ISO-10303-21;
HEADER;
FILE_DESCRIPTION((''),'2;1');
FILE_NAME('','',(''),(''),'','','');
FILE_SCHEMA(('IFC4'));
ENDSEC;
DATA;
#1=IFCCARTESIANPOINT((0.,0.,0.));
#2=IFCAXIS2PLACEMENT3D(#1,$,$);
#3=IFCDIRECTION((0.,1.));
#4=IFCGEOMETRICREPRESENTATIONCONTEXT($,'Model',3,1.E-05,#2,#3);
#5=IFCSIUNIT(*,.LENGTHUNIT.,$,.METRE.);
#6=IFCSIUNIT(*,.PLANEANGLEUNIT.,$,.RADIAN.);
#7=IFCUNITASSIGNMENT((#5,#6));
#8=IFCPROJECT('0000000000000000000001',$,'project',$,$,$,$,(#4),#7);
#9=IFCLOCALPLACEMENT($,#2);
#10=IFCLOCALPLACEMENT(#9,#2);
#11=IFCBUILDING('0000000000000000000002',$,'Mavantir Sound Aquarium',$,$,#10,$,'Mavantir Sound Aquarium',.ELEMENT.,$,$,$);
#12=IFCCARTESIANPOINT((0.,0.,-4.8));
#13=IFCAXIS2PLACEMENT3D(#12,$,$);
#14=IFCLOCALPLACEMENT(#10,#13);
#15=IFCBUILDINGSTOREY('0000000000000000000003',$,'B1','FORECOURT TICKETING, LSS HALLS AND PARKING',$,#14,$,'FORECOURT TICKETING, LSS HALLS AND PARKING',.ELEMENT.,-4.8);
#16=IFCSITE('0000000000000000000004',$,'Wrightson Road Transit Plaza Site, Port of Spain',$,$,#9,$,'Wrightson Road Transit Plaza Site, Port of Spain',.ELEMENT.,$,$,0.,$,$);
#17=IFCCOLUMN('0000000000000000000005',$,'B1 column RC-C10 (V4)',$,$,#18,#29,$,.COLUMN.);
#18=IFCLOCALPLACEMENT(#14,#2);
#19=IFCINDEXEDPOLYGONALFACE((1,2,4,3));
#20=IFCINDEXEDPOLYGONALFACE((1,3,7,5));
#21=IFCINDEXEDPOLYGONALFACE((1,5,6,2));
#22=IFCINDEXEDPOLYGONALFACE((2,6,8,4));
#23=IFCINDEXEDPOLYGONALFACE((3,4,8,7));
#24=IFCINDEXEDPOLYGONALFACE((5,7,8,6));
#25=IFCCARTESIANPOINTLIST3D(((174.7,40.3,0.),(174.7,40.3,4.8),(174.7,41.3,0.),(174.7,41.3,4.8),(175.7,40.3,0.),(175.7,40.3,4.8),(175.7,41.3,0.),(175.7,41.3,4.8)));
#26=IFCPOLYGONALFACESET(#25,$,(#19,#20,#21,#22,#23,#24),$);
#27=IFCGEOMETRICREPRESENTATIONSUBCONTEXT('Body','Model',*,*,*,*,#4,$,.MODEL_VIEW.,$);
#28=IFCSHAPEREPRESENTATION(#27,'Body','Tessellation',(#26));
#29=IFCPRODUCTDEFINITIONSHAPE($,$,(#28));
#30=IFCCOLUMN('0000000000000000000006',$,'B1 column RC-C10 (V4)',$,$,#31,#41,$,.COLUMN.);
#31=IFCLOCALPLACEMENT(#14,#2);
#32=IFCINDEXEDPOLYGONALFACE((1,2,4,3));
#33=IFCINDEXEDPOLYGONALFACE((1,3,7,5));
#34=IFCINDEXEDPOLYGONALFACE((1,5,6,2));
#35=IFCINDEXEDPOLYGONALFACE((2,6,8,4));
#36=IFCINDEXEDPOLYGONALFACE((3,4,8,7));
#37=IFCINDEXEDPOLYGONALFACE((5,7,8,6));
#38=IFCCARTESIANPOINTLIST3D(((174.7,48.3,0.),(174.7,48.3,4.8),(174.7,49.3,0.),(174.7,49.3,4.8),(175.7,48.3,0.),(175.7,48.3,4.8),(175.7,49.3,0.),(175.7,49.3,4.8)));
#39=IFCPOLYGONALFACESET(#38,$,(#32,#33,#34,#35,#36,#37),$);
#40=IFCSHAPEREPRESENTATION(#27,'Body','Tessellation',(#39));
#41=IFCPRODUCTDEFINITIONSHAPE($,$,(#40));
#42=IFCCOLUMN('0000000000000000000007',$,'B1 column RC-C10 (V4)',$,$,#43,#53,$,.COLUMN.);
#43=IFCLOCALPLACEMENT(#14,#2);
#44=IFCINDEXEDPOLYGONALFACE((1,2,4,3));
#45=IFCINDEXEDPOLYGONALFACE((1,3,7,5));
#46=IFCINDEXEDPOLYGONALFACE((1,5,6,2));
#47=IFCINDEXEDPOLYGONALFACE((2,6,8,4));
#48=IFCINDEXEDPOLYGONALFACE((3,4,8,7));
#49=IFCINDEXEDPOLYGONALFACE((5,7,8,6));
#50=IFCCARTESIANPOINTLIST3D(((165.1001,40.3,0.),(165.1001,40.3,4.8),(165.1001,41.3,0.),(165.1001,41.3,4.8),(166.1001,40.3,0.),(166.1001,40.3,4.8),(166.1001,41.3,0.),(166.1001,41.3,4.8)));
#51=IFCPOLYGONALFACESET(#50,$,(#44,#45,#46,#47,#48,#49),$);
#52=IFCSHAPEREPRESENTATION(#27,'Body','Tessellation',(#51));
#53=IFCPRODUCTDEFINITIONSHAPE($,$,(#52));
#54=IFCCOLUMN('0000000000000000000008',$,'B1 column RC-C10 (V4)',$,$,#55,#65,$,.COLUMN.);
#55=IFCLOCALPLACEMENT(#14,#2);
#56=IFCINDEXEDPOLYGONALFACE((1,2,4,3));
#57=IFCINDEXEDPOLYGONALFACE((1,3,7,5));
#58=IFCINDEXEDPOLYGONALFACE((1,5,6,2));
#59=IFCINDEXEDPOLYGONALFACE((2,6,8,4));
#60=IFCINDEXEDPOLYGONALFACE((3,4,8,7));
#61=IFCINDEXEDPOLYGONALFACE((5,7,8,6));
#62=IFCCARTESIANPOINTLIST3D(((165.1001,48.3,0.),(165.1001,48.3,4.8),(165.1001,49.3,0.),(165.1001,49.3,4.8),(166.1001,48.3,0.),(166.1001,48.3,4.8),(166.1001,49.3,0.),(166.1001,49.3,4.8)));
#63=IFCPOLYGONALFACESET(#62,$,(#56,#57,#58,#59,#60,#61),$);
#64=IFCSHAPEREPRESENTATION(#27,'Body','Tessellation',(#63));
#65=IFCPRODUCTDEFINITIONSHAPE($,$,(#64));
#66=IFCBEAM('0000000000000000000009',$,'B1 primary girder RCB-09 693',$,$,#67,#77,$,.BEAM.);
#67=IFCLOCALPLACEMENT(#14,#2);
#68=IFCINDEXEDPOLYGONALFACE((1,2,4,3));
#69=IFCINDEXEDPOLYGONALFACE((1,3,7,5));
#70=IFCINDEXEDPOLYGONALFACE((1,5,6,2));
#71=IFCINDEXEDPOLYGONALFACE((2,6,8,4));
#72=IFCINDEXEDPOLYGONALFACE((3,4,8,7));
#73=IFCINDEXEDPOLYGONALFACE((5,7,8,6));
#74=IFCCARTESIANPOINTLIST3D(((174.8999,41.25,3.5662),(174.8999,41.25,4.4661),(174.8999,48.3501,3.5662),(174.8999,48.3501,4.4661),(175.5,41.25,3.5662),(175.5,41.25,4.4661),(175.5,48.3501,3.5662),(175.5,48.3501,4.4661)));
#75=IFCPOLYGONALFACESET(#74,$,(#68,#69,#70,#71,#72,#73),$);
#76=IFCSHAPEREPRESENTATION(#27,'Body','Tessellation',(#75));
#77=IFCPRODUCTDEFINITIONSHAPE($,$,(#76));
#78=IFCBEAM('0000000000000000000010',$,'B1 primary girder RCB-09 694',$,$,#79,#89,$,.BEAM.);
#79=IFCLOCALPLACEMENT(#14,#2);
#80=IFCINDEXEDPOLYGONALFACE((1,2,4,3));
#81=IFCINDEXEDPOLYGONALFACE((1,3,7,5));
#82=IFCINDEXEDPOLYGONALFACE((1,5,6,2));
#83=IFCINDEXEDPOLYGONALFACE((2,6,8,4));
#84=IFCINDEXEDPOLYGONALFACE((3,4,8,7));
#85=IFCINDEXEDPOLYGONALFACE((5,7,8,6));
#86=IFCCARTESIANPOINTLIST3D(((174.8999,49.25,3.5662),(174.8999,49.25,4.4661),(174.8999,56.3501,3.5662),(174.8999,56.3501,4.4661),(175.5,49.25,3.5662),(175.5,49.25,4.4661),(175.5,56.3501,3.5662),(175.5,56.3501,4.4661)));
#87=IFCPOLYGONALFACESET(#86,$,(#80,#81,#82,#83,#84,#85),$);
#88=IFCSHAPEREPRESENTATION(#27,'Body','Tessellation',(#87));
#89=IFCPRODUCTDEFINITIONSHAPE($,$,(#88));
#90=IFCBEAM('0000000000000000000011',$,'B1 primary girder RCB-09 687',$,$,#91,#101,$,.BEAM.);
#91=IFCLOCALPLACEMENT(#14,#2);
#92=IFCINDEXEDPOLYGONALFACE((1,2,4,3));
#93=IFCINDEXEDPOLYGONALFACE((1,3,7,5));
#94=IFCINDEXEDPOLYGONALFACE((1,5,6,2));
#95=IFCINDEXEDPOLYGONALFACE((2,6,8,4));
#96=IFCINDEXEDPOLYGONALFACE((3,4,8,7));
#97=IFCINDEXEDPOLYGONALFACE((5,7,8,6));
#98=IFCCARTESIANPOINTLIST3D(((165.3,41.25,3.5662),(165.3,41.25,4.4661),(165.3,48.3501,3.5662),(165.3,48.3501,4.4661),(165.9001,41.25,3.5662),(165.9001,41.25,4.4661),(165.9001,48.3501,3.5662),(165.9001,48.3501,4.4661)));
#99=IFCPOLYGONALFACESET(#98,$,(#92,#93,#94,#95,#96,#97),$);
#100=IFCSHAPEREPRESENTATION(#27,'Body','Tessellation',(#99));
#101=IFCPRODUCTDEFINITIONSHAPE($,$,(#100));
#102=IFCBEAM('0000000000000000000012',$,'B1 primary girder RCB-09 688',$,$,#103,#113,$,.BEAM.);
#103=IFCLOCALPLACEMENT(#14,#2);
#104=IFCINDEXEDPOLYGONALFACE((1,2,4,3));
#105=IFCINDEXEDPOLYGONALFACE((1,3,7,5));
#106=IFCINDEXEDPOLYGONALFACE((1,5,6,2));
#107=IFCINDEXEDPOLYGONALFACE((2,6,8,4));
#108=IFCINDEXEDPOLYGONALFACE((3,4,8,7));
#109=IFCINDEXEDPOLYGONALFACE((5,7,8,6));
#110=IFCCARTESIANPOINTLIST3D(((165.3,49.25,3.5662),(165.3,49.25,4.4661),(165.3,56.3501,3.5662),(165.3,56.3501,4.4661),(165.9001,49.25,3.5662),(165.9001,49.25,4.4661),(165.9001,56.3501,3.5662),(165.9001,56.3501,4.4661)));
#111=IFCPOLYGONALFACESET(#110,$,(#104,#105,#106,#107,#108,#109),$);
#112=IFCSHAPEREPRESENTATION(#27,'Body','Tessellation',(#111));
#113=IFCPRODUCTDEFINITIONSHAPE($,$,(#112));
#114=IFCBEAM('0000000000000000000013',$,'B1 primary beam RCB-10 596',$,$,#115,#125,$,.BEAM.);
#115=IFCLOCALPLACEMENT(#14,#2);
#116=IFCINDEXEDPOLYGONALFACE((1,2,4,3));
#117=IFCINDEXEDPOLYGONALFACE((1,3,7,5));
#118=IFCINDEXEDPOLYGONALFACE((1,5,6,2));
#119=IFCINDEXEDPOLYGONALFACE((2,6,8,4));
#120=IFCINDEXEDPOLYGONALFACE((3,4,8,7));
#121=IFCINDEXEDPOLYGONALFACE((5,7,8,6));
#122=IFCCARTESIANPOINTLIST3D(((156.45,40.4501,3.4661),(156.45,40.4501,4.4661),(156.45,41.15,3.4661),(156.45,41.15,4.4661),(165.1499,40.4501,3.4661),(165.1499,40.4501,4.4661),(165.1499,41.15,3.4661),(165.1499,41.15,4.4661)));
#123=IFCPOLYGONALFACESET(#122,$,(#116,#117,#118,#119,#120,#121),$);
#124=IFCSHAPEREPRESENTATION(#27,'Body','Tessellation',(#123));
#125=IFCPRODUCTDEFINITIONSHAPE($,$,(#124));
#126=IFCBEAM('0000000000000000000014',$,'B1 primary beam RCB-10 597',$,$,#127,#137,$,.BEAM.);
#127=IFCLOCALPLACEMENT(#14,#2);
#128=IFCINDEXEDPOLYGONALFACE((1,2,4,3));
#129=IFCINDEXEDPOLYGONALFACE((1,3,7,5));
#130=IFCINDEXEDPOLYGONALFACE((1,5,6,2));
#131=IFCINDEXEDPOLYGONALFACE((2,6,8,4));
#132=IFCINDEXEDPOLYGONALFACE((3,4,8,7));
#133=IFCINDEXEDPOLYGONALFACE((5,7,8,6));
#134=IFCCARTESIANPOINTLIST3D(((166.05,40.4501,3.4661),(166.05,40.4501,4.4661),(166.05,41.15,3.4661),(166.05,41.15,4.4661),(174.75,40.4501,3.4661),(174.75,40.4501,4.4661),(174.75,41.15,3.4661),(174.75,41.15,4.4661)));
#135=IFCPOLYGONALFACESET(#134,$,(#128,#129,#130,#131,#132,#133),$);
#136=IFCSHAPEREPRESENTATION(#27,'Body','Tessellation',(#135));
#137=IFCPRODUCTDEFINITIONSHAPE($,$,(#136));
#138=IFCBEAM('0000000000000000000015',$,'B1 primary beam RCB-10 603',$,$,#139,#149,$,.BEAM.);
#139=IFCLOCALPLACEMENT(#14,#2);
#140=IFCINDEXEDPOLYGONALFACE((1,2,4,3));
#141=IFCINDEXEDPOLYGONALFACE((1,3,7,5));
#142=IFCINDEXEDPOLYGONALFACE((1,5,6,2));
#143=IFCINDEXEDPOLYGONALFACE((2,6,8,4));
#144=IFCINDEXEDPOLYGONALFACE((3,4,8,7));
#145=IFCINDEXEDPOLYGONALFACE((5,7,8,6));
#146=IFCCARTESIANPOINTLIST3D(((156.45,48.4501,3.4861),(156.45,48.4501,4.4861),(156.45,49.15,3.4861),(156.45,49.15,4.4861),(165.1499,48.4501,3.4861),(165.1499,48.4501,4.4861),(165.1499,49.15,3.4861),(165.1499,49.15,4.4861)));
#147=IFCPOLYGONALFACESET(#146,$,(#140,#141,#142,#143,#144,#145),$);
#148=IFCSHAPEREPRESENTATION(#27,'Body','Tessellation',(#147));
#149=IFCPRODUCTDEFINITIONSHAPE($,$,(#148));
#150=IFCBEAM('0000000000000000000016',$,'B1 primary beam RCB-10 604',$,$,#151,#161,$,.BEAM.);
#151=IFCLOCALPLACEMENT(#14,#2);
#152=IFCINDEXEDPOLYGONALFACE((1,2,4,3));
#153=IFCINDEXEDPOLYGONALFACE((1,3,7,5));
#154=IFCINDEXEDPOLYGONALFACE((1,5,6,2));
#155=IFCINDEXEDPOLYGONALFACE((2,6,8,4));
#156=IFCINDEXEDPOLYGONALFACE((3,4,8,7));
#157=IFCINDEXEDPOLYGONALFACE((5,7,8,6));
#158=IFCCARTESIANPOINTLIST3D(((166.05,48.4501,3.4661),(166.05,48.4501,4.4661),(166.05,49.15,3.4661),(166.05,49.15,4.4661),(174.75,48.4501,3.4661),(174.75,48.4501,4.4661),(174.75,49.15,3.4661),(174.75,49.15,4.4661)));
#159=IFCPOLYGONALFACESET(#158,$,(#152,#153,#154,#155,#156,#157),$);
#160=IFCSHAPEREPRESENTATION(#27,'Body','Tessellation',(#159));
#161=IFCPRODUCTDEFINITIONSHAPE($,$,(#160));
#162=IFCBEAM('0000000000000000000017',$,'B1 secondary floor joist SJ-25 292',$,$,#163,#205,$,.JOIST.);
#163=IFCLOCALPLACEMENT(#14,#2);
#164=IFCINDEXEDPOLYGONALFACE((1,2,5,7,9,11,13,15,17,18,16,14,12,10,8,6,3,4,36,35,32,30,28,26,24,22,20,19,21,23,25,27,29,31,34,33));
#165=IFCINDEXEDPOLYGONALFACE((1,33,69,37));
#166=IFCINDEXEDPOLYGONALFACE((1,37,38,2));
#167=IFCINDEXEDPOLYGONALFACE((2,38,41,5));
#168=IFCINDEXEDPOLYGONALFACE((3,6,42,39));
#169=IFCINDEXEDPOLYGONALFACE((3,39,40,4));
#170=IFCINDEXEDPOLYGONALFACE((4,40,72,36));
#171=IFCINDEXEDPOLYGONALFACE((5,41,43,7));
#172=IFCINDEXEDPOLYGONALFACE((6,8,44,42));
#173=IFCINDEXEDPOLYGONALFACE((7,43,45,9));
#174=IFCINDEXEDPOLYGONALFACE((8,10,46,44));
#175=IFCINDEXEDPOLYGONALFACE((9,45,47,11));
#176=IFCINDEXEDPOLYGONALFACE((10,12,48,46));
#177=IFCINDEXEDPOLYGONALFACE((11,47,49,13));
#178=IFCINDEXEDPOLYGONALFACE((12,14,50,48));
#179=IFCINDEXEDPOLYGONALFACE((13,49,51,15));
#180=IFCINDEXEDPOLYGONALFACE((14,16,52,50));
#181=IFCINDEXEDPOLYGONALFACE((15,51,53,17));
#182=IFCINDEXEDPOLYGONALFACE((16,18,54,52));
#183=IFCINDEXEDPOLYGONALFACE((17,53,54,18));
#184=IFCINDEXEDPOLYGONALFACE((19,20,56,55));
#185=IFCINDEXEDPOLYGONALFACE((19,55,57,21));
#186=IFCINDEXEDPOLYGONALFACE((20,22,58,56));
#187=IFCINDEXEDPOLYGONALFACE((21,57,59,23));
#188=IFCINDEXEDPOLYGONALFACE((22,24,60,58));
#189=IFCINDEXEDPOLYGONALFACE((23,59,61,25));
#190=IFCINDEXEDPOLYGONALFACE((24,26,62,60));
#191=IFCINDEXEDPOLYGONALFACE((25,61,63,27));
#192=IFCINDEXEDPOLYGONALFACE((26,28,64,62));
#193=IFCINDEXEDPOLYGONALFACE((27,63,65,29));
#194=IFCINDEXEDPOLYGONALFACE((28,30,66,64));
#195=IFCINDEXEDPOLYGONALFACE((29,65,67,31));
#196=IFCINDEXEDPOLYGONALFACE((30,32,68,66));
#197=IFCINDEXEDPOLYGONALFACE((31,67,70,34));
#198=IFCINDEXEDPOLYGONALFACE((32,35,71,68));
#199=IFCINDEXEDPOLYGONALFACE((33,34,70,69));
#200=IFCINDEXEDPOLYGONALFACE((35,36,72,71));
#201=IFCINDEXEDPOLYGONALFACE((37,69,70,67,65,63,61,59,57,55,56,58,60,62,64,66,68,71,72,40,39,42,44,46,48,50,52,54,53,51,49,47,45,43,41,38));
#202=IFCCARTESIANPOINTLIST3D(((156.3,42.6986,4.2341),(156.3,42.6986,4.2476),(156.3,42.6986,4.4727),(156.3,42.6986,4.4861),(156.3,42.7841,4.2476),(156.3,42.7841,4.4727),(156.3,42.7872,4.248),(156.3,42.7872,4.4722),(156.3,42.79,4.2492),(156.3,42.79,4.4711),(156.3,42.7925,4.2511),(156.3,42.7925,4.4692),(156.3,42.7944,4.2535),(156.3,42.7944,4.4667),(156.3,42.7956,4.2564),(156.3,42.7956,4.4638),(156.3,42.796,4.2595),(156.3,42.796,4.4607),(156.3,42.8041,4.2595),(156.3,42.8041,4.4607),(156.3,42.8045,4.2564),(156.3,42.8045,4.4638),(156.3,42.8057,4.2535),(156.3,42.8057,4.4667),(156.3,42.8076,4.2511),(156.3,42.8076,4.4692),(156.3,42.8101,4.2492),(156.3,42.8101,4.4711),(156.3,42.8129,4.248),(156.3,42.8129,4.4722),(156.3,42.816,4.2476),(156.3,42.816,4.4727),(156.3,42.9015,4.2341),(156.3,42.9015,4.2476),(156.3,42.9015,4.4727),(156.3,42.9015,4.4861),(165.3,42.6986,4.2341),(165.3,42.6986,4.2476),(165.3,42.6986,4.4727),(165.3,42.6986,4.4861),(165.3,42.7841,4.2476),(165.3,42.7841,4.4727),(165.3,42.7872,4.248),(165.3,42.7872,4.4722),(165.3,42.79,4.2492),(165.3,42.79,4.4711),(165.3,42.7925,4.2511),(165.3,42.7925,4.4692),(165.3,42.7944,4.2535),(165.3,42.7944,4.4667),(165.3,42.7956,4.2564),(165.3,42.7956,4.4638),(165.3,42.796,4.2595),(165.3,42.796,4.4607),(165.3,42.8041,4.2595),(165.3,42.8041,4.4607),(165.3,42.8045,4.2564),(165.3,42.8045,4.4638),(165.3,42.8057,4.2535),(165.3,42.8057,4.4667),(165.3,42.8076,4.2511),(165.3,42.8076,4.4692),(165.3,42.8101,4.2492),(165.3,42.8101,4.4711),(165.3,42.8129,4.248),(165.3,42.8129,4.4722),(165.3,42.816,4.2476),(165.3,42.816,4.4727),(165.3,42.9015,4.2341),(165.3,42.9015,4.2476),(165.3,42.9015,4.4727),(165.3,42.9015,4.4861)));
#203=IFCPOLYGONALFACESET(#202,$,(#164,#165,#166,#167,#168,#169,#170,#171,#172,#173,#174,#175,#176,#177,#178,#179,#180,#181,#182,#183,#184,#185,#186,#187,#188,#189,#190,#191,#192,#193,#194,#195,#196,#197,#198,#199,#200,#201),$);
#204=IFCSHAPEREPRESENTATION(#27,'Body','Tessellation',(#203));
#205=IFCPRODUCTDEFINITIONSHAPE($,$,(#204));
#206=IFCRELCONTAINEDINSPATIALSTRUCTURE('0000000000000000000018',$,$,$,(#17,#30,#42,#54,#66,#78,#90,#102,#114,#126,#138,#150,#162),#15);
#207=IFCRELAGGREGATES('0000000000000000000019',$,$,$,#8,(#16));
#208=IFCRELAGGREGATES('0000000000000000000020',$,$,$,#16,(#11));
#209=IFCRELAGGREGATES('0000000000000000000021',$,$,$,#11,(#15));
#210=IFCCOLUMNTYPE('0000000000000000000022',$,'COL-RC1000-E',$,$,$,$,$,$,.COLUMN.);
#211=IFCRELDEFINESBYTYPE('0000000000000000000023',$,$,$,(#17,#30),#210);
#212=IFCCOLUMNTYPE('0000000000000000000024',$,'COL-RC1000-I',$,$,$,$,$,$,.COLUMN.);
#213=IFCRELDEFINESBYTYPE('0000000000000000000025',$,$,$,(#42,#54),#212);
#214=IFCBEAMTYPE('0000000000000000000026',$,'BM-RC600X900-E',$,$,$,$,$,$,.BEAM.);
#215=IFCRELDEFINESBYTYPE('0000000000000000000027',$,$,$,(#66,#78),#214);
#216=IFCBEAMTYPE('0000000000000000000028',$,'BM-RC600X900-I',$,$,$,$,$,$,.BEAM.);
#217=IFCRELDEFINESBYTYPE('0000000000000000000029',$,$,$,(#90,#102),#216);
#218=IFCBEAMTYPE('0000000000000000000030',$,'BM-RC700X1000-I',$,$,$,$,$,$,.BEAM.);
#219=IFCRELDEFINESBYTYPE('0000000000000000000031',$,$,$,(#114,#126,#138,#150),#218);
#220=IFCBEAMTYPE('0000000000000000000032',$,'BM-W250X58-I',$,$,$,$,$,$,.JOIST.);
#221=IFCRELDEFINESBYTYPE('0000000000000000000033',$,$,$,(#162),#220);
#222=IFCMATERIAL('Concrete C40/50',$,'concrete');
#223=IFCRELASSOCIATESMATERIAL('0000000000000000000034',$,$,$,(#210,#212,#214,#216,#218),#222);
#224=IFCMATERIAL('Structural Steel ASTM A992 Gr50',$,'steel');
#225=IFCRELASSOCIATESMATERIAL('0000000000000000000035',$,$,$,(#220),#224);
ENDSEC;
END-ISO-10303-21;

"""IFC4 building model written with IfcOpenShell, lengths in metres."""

from ifc_helpers import new_model, si_unit, direction, frame, origin, origin_2d, place, context, subcontext, project, spatial, rectangle, i_section, extrude, material, material_profile, profile_set, type_object, element, save


model = new_model("IFC4")

# Units and contexts
model_context = context("Model", 3, precision=1e-05, world=origin(), true_north=direction((0.0, 1.0)))
body_context = subcontext(model_context, "Body", "Model", "MODEL_VIEW")
ifc_project = project(units=[si_unit("LENGTHUNIT", "METRE"), si_unit("PLANEANGLEUNIT", "RADIAN")], contexts=[model_context])

# Site, building, storey
site_placement = place(None, origin())
site = spatial("IfcSite", under=ifc_project, at=site_placement, Name="Wrightson Road Transit Plaza Site, Port of Spain", LongName="Wrightson Road Transit Plaza Site, Port of Spain", CompositionType="ELEMENT", RefElevation=0.0)
building_placement = place(site_placement, origin())
building = spatial("IfcBuilding", under=site, at=building_placement, Name="Mavantir Sound Aquarium", LongName="Mavantir Sound Aquarium", CompositionType="ELEMENT")
storey_placement = place(building_placement, frame((0.0, 0.0, -4.8)))
storey = spatial("IfcBuildingStorey", under=building, at=storey_placement, Name="B1", Description="FORECOURT TICKETING, LSS HALLS AND PARKING", LongName="FORECOURT TICKETING, LSS HALLS AND PARKING", CompositionType="ELEMENT", Elevation=-4.8)

# Columns
ifc_material_1 = material(Name="Concrete C40/50", Category="concrete")
ifc_material_profile_1 = material_profile(ifc_material_1, rectangle(XDim=1.0, YDim=1.0, at=origin_2d()), Name="RC 1000X1000")
ifc_profile_set_1 = profile_set([ifc_material_profile_1], Name="Concrete C40/50")
column_type_1 = type_object("IfcColumnType", Name="COL-RC1000-E", PredefinedType="COLUMN", material=ifc_profile_set_1)
for number, where, z_axis, x_axis, name in (
    (1, (175.2, 40.8, 0.0), (0.0, 0.0, 1.0), (1.0, 0.0, 0.0), "B1 column RC-C10 (V4)"),
    (2, (175.2, 48.8, 0.0), (0.0, 0.0, 1.0), (1.0, 0.0, 0.0), "B1 column RC-C10 (V4)"),
):
    element("IfcColumn", number, at=place(storey_placement, frame(where, z_axis=z_axis, x_axis=x_axis)), inside=storey, type_object=column_type_1, Name=name, PredefinedType="COLUMN", context=body_context, shape_type="SweptSolid", body=[
        extrude(rectangle(XDim=1.0, YDim=1.0, at=origin_2d()), origin(), (0.0, 0.0, 1.0), 4.8),
    ])
ifc_material_profile_2 = material_profile(ifc_material_1, rectangle(XDim=1.0, YDim=1.0, at=origin_2d()), Name="RC 1000X1000")
ifc_profile_set_2 = profile_set([ifc_material_profile_2], Name="Concrete C40/50")
column_type_2 = type_object("IfcColumnType", Name="COL-RC1000-I", PredefinedType="COLUMN", material=ifc_profile_set_2)
for number, where, z_axis, x_axis, name in (
    (3, (165.6001, 40.8, 0.0), (0.0, 0.0, 1.0), (1.0, 0.0, 0.0), "B1 column RC-C10 (V4)"),
    (4, (165.6001, 48.8, 0.0), (0.0, 0.0, 1.0), (1.0, 0.0, 0.0), "B1 column RC-C10 (V4)"),
):
    element("IfcColumn", number, at=place(storey_placement, frame(where, z_axis=z_axis, x_axis=x_axis)), inside=storey, type_object=column_type_2, Name=name, PredefinedType="COLUMN", context=body_context, shape_type="SweptSolid", body=[
        extrude(rectangle(XDim=1.0, YDim=1.0, at=origin_2d()), origin(), (0.0, 0.0, 1.0), 4.8),
    ])

# Beams
ifc_material_profile_3 = material_profile(ifc_material_1, rectangle(XDim=0.6001, YDim=0.8999, at=origin_2d()), Name="RC 600X900")
ifc_profile_set_3 = profile_set([ifc_material_profile_3], Name="Concrete C40/50")
beam_type_1 = type_object("IfcBeamType", Name="BM-RC600X900-E", PredefinedType="BEAM", material=ifc_profile_set_3)
for number, where, z_axis, x_axis, name in (
    (5, (175.2, 41.25, 4.0161), (0.0, 1.0, 0.0), (-1.0, 0.0, 0.0), "B1 primary girder RCB-09 693"),
    (6, (175.2, 49.25, 4.0161), (0.0, 1.0, 0.0), (-1.0, 0.0, 0.0), "B1 primary girder RCB-09 694"),
):
    element("IfcBeam", number, at=place(storey_placement, frame(where, z_axis=z_axis, x_axis=x_axis)), inside=storey, type_object=beam_type_1, Name=name, PredefinedType="BEAM", context=body_context, shape_type="SweptSolid", body=[
        extrude(rectangle(XDim=0.6001, YDim=0.8999, at=origin_2d()), origin(), (0.0, 0.0, 1.0), 7.1001),
    ])
ifc_material_profile_4 = material_profile(ifc_material_1, rectangle(XDim=0.6001, YDim=0.8999, at=origin_2d()), Name="RC 600X900")
ifc_profile_set_4 = profile_set([ifc_material_profile_4], Name="Concrete C40/50")
beam_type_2 = type_object("IfcBeamType", Name="BM-RC600X900-I", PredefinedType="BEAM", material=ifc_profile_set_4)
for number, where, z_axis, x_axis, name in (
    (7, (165.6001, 41.25, 4.0161), (0.0, 1.0, 0.0), (-1.0, 0.0, 0.0), "B1 primary girder RCB-09 687"),
    (8, (165.6001, 49.25, 4.0161), (0.0, 1.0, 0.0), (-1.0, 0.0, 0.0), "B1 primary girder RCB-09 688"),
):
    element("IfcBeam", number, at=place(storey_placement, frame(where, z_axis=z_axis, x_axis=x_axis)), inside=storey, type_object=beam_type_2, Name=name, PredefinedType="BEAM", context=body_context, shape_type="SweptSolid", body=[
        extrude(rectangle(XDim=0.6001, YDim=0.8999, at=origin_2d()), origin(), (0.0, 0.0, 1.0), 7.1001),
    ])
ifc_material_profile_5 = material_profile(ifc_material_1, rectangle(XDim=0.7, YDim=1.0, at=origin_2d()), Name="RC 700X1000")
ifc_profile_set_5 = profile_set([ifc_material_profile_5], Name="Concrete C40/50")
beam_type_3 = type_object("IfcBeamType", Name="BM-RC700X1000-I", PredefinedType="BEAM", material=ifc_profile_set_5)
for number, where, z_axis, x_axis, name in (
    (9, (156.45, 40.8, 3.9661), (1.0, 0.0, 0.0), (0.0, 1.0, 0.0), "B1 primary beam RCB-10 596"),
    (10, (166.05, 40.8, 3.9661), (1.0, 0.0, 0.0), (0.0, 1.0, 0.0), "B1 primary beam RCB-10 597"),
    (11, (156.45, 48.8, 3.9861), (1.0, 0.0, 0.0), (0.0, 1.0, 0.0), "B1 primary beam RCB-10 603"),
    (12, (166.05, 48.8, 3.9661), (1.0, 0.0, 0.0), (0.0, 1.0, 0.0), "B1 primary beam RCB-10 604"),
):
    element("IfcBeam", number, at=place(storey_placement, frame(where, z_axis=z_axis, x_axis=x_axis)), inside=storey, type_object=beam_type_3, Name=name, PredefinedType="BEAM", context=body_context, shape_type="SweptSolid", body=[
        extrude(rectangle(XDim=0.7, YDim=1.0, at=origin_2d()), origin(), (0.0, 0.0, 1.0), 8.7),
    ])
ifc_material_2 = material(Name="Structural Steel ASTM A992 Gr50", Category="steel")
ifc_material_profile_6 = material_profile(ifc_material_2, i_section(OverallWidth=0.2029, OverallDepth=0.252, WebThickness=0.0081, FlangeThickness=0.0134, FilletRadius=0.012, at=origin_2d()), Name="W250X58")
ifc_profile_set_6 = profile_set([ifc_material_profile_6], Name="Structural Steel ASTM A992 Gr50")
beam_type_4 = type_object("IfcBeamType", Name="BM-W250X58-I", PredefinedType="JOIST", material=ifc_profile_set_6)
for number, where, z_axis, x_axis, name in (
    (13, (156.3, 42.8, 4.3601), (1.0, 0.0, 0.0), (0.0, 1.0, 0.0), "B1 secondary floor joist SJ-25 292"),
):
    element("IfcBeam", number, at=place(storey_placement, frame(where, z_axis=z_axis, x_axis=x_axis)), inside=storey, type_object=beam_type_4, Name=name, PredefinedType="JOIST", context=body_context, shape_type="SweptSolid", body=[
        extrude(i_section(OverallWidth=0.2029, OverallDepth=0.252, WebThickness=0.0081, FlangeThickness=0.0134, FilletRadius=0.012, at=origin_2d()), origin(), (0.0, 0.0, 1.0), 9.0),
    ])

save(model, "model.ifc")
